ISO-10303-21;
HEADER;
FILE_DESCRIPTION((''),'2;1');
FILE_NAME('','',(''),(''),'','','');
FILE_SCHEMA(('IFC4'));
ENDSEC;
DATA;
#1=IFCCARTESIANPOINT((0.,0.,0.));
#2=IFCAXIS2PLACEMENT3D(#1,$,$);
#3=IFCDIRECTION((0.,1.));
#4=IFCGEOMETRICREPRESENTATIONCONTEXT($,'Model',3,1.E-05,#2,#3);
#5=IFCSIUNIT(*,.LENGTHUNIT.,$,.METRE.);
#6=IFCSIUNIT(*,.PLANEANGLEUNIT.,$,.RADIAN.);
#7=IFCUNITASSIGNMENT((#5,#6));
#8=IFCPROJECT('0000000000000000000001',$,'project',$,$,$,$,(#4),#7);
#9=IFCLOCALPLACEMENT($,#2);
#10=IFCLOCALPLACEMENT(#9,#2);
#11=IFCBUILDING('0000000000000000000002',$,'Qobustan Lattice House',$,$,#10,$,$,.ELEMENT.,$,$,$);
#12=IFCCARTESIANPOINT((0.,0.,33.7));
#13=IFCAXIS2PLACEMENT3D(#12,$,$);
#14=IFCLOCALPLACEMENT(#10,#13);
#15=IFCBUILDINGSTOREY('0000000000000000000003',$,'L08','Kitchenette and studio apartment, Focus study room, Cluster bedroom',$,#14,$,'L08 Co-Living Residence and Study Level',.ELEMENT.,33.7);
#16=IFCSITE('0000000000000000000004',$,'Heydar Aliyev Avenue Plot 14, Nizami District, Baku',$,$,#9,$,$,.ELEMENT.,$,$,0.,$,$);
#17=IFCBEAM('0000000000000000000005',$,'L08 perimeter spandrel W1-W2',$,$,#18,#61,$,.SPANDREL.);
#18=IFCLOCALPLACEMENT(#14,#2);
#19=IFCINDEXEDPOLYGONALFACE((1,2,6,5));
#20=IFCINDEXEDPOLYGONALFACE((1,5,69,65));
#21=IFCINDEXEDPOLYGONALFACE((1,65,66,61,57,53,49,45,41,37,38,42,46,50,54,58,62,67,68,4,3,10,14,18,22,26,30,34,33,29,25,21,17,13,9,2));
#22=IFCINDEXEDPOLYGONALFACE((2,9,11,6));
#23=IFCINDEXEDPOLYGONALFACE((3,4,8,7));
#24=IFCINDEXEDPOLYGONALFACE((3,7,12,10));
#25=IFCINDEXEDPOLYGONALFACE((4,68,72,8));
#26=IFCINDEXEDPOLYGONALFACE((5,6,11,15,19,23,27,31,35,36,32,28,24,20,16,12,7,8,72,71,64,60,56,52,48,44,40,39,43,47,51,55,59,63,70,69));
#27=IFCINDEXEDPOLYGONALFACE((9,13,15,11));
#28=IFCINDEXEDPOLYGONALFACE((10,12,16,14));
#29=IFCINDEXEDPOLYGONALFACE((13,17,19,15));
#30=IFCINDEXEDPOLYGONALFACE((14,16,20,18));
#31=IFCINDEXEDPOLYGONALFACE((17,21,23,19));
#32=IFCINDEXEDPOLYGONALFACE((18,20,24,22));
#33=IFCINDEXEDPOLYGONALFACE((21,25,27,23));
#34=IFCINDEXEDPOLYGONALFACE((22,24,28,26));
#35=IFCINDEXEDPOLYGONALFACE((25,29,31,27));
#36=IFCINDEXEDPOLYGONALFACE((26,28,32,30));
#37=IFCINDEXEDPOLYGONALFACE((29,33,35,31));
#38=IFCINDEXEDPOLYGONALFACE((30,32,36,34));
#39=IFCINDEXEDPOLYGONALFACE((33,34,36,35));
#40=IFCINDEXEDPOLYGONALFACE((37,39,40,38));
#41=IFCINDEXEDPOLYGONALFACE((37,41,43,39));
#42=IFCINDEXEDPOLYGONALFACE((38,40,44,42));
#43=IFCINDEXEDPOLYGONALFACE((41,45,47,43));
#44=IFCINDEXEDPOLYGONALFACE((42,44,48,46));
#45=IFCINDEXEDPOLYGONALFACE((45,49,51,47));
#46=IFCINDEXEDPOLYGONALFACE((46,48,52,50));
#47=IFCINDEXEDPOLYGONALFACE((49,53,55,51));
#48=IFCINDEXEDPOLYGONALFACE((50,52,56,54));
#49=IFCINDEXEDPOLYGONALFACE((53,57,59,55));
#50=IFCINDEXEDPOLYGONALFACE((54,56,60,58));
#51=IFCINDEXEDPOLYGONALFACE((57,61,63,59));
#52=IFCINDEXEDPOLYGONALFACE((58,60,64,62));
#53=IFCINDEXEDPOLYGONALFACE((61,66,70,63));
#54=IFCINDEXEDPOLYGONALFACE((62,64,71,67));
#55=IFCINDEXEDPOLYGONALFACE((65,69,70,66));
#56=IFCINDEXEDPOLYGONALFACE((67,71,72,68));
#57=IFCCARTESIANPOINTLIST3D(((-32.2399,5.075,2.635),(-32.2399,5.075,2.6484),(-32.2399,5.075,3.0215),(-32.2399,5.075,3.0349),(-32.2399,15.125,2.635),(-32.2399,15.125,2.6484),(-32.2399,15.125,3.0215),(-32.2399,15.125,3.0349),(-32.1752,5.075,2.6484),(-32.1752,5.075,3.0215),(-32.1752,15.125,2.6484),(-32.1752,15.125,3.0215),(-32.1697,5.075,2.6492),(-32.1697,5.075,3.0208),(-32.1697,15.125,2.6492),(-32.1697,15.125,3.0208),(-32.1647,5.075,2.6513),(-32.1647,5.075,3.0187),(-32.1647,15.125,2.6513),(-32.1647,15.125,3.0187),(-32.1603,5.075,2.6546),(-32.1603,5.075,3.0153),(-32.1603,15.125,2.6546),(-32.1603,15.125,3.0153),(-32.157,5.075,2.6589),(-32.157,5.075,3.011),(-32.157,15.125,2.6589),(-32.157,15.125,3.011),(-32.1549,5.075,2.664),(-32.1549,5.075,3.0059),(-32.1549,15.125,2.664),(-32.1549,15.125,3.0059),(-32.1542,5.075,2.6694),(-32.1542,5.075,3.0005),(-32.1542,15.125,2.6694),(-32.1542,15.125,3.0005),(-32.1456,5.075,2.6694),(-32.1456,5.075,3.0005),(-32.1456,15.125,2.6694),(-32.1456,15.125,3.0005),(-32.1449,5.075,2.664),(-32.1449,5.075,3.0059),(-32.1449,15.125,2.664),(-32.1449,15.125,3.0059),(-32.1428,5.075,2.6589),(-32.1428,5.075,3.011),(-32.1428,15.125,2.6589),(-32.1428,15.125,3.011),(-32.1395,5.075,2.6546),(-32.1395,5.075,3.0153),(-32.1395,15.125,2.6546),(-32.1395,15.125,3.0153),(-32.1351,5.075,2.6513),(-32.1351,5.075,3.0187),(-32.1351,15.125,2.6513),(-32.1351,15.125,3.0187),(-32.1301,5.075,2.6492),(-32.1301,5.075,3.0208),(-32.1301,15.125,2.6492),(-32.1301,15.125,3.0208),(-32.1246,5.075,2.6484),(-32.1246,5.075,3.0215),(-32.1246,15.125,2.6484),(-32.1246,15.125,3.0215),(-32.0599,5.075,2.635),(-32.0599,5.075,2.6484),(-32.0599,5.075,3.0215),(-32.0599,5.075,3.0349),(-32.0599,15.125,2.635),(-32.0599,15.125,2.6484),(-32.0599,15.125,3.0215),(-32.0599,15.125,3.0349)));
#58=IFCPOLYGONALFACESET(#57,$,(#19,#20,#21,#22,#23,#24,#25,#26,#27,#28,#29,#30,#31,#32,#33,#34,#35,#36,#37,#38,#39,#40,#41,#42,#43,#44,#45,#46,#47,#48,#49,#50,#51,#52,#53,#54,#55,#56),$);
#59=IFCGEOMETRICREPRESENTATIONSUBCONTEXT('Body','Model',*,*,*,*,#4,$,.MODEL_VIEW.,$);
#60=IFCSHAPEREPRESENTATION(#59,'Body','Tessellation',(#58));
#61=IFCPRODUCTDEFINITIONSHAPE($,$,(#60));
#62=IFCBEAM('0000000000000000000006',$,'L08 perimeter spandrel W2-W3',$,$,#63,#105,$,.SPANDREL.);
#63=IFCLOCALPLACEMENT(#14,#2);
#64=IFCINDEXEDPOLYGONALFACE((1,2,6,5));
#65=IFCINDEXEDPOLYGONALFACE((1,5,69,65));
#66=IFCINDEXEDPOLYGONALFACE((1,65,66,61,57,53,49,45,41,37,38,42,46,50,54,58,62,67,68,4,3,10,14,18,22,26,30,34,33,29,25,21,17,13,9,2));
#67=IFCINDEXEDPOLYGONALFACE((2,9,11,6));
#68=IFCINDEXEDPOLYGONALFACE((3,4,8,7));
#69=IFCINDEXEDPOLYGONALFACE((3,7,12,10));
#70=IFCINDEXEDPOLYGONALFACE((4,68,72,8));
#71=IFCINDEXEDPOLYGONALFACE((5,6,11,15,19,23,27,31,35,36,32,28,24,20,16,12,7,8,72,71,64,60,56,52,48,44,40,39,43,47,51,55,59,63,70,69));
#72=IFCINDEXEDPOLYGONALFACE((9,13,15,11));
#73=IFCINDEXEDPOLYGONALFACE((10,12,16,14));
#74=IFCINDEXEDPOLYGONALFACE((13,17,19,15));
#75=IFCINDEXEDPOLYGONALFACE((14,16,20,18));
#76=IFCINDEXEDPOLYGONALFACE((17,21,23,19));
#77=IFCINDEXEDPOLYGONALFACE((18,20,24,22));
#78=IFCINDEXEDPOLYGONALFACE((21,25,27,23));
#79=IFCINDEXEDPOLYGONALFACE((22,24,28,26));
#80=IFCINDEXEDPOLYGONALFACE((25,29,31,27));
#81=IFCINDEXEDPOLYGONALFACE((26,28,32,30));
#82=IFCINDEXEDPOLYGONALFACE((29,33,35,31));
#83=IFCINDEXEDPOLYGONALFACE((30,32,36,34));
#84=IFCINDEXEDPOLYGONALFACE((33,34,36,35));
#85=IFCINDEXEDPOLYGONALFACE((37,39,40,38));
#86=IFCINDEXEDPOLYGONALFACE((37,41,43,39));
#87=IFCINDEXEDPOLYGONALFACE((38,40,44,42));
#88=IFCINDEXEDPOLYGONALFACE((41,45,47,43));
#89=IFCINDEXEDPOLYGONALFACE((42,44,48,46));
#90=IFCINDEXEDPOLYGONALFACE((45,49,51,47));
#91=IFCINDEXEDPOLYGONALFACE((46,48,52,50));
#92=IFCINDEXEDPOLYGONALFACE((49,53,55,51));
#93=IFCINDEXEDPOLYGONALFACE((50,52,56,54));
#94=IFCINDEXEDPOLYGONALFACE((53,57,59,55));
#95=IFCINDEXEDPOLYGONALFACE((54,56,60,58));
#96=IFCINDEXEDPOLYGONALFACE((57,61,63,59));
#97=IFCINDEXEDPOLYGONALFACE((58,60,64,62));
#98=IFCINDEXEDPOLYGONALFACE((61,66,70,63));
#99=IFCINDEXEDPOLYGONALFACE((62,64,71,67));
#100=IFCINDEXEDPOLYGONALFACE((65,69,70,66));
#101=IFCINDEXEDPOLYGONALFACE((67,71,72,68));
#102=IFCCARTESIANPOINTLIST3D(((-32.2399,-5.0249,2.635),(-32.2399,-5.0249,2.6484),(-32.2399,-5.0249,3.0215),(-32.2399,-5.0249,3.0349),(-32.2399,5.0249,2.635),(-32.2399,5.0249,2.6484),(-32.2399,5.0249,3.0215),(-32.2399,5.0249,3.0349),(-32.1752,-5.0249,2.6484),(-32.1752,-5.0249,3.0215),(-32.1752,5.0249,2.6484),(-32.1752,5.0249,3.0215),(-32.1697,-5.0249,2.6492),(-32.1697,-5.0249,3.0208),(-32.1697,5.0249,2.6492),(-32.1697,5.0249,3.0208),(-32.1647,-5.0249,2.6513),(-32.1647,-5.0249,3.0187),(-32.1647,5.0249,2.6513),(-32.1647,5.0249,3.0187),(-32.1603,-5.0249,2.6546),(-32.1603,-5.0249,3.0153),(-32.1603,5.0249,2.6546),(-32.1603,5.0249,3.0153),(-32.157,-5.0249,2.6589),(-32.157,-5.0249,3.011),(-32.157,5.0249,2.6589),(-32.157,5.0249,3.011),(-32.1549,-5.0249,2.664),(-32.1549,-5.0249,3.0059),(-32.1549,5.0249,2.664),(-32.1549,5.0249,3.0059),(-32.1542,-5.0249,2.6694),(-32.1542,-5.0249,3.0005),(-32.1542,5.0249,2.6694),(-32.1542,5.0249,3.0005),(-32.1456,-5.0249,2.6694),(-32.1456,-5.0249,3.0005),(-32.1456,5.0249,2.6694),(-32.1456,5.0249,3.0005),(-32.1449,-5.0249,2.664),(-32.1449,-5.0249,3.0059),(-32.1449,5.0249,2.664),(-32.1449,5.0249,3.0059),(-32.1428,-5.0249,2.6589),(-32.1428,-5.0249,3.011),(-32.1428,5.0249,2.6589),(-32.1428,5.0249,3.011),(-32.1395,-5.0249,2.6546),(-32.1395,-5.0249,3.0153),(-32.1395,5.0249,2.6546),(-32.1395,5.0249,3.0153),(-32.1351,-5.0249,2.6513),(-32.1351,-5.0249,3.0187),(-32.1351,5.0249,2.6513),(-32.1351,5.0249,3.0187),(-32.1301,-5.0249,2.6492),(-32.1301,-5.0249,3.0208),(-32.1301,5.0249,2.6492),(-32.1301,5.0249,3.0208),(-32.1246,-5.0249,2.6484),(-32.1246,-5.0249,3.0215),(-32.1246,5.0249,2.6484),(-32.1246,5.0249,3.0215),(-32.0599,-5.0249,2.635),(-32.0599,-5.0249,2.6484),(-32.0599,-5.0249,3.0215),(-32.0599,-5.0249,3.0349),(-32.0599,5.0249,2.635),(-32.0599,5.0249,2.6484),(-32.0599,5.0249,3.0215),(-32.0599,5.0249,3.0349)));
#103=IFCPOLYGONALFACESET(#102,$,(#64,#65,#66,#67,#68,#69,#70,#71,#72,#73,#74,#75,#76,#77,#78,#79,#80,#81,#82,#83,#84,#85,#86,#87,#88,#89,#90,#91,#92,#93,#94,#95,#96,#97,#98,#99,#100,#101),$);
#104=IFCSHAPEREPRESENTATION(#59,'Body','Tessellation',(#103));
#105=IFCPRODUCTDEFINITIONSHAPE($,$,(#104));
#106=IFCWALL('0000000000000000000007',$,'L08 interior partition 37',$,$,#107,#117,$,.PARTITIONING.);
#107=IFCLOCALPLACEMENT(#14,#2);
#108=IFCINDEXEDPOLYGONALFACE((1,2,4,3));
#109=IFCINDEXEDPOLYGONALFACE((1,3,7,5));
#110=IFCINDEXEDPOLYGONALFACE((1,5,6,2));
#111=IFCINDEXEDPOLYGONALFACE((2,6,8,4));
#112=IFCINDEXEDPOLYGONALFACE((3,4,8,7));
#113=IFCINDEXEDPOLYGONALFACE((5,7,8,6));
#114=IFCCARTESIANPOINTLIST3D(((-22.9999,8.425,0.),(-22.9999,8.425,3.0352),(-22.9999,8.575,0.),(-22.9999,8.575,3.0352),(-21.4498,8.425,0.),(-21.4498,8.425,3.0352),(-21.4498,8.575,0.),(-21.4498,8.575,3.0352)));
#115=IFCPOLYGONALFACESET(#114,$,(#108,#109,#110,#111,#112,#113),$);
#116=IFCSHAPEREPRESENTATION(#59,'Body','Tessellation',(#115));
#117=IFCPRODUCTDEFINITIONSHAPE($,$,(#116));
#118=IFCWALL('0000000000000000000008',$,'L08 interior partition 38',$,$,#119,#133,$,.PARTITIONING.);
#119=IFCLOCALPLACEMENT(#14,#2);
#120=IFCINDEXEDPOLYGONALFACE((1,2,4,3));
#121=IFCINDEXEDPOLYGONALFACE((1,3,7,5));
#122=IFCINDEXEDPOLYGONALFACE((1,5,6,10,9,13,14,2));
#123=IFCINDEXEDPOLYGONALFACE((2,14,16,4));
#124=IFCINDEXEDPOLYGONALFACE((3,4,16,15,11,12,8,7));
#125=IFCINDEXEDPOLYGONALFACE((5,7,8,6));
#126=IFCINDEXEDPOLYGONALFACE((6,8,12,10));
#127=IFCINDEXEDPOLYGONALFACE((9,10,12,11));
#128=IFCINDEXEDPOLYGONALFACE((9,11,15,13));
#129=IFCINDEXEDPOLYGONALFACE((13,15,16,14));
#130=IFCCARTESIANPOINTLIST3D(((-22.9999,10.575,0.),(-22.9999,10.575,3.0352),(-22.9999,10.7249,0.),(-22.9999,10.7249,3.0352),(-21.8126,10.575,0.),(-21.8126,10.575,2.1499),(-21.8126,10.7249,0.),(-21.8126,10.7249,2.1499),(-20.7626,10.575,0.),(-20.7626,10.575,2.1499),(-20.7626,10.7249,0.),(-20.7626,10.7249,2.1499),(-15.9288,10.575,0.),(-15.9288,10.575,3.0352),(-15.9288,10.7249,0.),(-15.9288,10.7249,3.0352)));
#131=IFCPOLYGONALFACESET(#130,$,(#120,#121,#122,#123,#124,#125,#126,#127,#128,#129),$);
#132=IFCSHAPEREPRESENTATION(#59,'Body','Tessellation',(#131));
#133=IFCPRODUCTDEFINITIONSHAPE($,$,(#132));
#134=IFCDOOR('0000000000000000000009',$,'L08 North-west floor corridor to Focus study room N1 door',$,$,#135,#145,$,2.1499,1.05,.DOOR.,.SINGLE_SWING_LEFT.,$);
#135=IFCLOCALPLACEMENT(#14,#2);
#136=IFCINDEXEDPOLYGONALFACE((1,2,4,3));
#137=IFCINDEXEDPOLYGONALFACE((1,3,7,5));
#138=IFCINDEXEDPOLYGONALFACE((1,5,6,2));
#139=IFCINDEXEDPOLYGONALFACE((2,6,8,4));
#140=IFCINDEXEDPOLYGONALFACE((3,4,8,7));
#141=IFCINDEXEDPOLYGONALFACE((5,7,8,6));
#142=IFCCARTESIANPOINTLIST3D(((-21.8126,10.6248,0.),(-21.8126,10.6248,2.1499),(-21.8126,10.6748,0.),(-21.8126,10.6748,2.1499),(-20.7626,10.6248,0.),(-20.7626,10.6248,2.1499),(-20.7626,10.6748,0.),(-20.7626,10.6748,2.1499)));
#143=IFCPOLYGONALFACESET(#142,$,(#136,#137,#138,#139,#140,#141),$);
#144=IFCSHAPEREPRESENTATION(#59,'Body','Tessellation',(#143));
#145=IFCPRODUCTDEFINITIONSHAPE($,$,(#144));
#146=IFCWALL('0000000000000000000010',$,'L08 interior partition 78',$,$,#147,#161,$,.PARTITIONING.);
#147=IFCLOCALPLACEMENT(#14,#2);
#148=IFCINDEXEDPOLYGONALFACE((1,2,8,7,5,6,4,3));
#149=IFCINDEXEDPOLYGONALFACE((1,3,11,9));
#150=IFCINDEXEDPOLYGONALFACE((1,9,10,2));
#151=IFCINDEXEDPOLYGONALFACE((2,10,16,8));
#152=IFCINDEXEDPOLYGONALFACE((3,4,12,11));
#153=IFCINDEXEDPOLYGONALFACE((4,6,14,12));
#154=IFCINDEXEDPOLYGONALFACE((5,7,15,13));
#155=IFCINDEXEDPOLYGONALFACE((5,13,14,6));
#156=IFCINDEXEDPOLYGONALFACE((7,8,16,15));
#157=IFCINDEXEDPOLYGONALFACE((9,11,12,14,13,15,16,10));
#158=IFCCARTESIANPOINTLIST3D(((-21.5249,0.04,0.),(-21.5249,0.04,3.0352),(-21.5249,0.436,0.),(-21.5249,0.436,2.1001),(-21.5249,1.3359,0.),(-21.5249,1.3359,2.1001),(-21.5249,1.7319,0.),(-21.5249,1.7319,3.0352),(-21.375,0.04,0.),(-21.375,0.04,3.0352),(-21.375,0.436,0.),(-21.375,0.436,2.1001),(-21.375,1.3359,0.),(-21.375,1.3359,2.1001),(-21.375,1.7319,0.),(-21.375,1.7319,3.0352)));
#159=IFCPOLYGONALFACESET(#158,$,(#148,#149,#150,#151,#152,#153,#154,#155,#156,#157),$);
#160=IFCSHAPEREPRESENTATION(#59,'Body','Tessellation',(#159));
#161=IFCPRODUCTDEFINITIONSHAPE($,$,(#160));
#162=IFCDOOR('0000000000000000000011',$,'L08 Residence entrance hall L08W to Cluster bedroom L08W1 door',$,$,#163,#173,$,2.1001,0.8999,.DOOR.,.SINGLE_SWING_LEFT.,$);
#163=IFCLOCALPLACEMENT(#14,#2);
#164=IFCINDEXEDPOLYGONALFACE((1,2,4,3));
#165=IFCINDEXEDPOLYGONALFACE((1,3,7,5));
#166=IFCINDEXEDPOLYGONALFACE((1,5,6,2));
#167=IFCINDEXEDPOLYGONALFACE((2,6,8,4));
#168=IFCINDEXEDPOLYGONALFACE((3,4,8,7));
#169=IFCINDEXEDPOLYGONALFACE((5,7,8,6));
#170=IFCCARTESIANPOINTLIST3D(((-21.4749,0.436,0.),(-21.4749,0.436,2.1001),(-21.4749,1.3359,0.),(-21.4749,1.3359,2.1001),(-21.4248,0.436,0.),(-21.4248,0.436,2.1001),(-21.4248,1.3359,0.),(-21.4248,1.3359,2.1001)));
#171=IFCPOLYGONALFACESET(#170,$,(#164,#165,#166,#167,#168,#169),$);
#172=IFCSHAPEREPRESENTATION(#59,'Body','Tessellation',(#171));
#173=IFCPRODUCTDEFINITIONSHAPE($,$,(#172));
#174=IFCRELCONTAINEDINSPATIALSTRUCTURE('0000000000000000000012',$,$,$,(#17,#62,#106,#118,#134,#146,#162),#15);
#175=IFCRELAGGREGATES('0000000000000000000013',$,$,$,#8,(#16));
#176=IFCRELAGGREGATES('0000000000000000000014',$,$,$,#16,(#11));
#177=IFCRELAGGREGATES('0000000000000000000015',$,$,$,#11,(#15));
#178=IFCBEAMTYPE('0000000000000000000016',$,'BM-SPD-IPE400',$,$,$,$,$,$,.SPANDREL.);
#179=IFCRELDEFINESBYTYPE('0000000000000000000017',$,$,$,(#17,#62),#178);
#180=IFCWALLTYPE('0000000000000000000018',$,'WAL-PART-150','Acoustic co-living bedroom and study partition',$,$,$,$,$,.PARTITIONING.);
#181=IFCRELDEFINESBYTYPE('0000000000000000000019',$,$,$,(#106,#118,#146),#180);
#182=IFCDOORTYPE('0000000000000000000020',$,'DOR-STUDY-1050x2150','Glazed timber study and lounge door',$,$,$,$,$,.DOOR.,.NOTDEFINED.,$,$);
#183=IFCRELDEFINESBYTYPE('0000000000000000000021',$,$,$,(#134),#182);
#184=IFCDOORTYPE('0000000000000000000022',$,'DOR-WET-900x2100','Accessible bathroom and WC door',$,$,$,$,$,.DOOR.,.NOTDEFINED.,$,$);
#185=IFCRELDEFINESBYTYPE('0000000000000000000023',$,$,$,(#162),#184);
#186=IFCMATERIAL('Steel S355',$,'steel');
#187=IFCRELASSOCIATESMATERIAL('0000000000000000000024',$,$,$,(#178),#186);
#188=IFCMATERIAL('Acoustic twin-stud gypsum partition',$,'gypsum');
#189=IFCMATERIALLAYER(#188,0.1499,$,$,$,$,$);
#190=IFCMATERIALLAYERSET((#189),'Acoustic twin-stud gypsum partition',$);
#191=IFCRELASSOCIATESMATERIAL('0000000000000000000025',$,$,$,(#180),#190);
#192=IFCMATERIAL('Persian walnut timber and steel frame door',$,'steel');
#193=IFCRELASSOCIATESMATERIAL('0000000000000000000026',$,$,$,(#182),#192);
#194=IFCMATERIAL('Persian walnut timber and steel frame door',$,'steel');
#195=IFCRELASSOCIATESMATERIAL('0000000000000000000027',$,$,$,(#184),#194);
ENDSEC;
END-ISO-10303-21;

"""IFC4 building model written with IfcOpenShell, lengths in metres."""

from ifc_helpers import new_model, si_unit, direction, frame, frame_2d, origin, origin_2d, place, context, subcontext, project, spatial, rectangle, i_section, extrude, material, layer, layer_set, material_profile, profile_set, type_object, element, fill, save


model = new_model("IFC4")

# Units and contexts
model_context = context("Model", 3, precision=1e-05, world=origin(), true_north=direction((0.0, 1.0)))
body_context = subcontext(model_context, "Body", "Model", "MODEL_VIEW")
ifc_project = project(units=[si_unit("LENGTHUNIT", "METRE"), si_unit("PLANEANGLEUNIT", "RADIAN")], contexts=[model_context])

# Site, building, storey
site_placement = place(None, origin())
site = spatial("IfcSite", under=ifc_project, at=site_placement, Name="Heydar Aliyev Avenue Plot 14, Nizami District, Baku", CompositionType="ELEMENT", RefElevation=0.0)
building_placement = place(site_placement, origin())
building = spatial("IfcBuilding", under=site, at=building_placement, Name="Qobustan Lattice House", CompositionType="ELEMENT")
storey_placement = place(building_placement, frame((0.0, 0.0, 33.7)))
storey = spatial("IfcBuildingStorey", under=building, at=storey_placement, Name="L08", Description="Kitchenette and studio apartment, Focus study room, Cluster bedroom", LongName="L08 Co-Living Residence and Study Level", CompositionType="ELEMENT", Elevation=33.7)

# Beams
ifc_material_1 = material(Name="Steel S355", Category="steel")
ifc_material_profile_1 = material_profile(ifc_material_1, i_section(OverallWidth=0.1799, OverallDepth=0.3999, WebThickness=0.0085, FlangeThickness=0.0134, FilletRadius=0.021, at=origin_2d()), Name="IPE400")
ifc_profile_set_1 = profile_set([ifc_material_profile_1], Name="Steel S355")
beam_type_1 = type_object("IfcBeamType", Name="BM-SPD-IPE400", PredefinedType="SPANDREL", material=ifc_profile_set_1)
beam_1_placement = place(storey_placement, frame((-32.1499, 15.125, 2.835), z_axis=(0.0, -1.0, 0.0), x_axis=(1.0, 0.0, 0.0)))
element("IfcBeam", 1, at=beam_1_placement, inside=storey, type_object=beam_type_1, Name="L08 perimeter spandrel W1-W2", PredefinedType="SPANDREL", context=body_context, shape_type="SweptSolid", body=[
    extrude(i_section(OverallWidth=0.1799, OverallDepth=0.3999, WebThickness=0.0085, FlangeThickness=0.0134, FilletRadius=0.021, at=origin_2d()), origin(), (0.0, 0.0, 1.0), 10.05),
])
beam_2_placement = place(storey_placement, frame((-32.1499, 5.0249, 2.835), z_axis=(0.0, -1.0, 0.0), x_axis=(1.0, 0.0, 0.0)))
element("IfcBeam", 2, at=beam_2_placement, inside=storey, type_object=beam_type_1, Name="L08 perimeter spandrel W2-W3", PredefinedType="SPANDREL", context=body_context, shape_type="SweptSolid", body=[
    extrude(i_section(OverallWidth=0.1799, OverallDepth=0.3999, WebThickness=0.0085, FlangeThickness=0.0134, FilletRadius=0.021, at=origin_2d()), origin(), (0.0, 0.0, 1.0), 10.0498),
])

# Wall
ifc_material_2 = material(Name="Acoustic twin-stud gypsum partition", Category="gypsum")
ifc_layer_1 = layer(ifc_material_2, 0.1499)
ifc_layer_set_1 = layer_set([ifc_layer_1], Name="Acoustic twin-stud gypsum partition")
wall_type_1 = type_object("IfcWallType", Name="WAL-PART-150", Description="Acoustic co-living bedroom and study partition", PredefinedType="PARTITIONING", material=ifc_layer_set_1)
wall_1_placement = place(storey_placement, frame((-21.45, 8.5, 0.0), z_axis=(0.0, 0.0, 1.0), x_axis=(-1.0, 0.0, 0.0)))
element("IfcWall", 3, at=wall_1_placement, inside=storey, type_object=wall_type_1, Name="L08 interior partition 37", PredefinedType="PARTITIONING", context=body_context, shape_type="SweptSolid", body=[
    extrude(rectangle(XDim=1.55, YDim=0.1499, at=frame_2d((0.7749, 0.0))), origin(), (0.0, 0.0, 1.0), 3.0352),
])

# Walls, openings, doors
wall_2_placement = place(storey_placement, frame((-23.0, 10.6499, 0.0), z_axis=(0.0, 0.0, 1.0), x_axis=(1.0, 0.0, 0.0)))
wall_2 = element("IfcWall", 4, at=wall_2_placement, inside=storey, type_object=wall_type_1, Name="L08 interior partition 38", PredefinedType="PARTITIONING", context=body_context, shape_type="SweptSolid", body=[
    extrude(rectangle(XDim=7.071, YDim=0.1499, at=frame_2d((3.5356, 0.0))), origin(), (0.0, 0.0, 1.0), 3.0352),
])
opening_1_placement = place(wall_2_placement, frame((1.1875, 0.0, 0.0)))
opening_1 = element("IfcOpeningElement", 5, at=opening_1_placement, cuts=wall_2, PredefinedType="OPENING", context=body_context, shape_type="SweptSolid", body=[
    extrude(rectangle(XDim=1.05, YDim=2.1499, at=frame_2d((0.5249, 1.075))), frame((0.0, 0.085, 0.0), z_axis=(0.0, -1.0, 0.0), x_axis=(1.0, 0.0, 0.0)), (0.0, 0.0, 1.0), 0.1699),
])
ifc_material_3 = material(Name="Persian walnut timber and steel frame door", Category="steel")
door_type_1 = type_object("IfcDoorType", Name="DOR-STUDY-1050x2150", Description="Glazed timber study and lounge door", OperationType="NOTDEFINED", PredefinedType="DOOR", material=ifc_material_3)
door_1_placement = place(opening_1_placement, origin())
door_1 = element("IfcDoor", 6, at=door_1_placement, inside=storey, type_object=door_type_1, Name="L08 North-west floor corridor to Focus study room N1 door", OperationType="SINGLE_SWING_LEFT", OverallHeight=2.1499, OverallWidth=1.05, PredefinedType="DOOR", context=body_context, shape_type="SweptSolid", body=[
    extrude(rectangle(XDim=1.05, YDim=2.1499, at=frame_2d((0.5249, 1.075))), frame((0.0, 0.0249, 0.0), z_axis=(0.0, -1.0, 0.0), x_axis=(1.0, 0.0, 0.0)), (0.0, 0.0, 1.0), 0.05),
])
fill(opening_1, door_1)
wall_3_placement = place(storey_placement, frame((-21.45, 0.04, 0.0), z_axis=(0.0, 0.0, 1.0), x_axis=(0.0, 1.0, 0.0)))
wall_3 = element("IfcWall", 7, at=wall_3_placement, inside=storey, type_object=wall_type_1, Name="L08 interior partition 78", PredefinedType="PARTITIONING", context=body_context, shape_type="SweptSolid", body=[
    extrude(rectangle(XDim=1.6919, YDim=0.1499, at=frame_2d((0.8459, 0.0))), origin(), (0.0, 0.0, 1.0), 3.0352),
])
opening_2_placement = place(wall_3_placement, frame((0.396, 0.0, 0.0)))
opening_2 = element("IfcOpeningElement", 8, at=opening_2_placement, cuts=wall_3, PredefinedType="OPENING", context=body_context, shape_type="SweptSolid", body=[
    extrude(rectangle(XDim=0.8999, YDim=2.1001, at=frame_2d((0.45, 1.05))), frame((0.0, 0.085, 0.0), z_axis=(0.0, -1.0, 0.0), x_axis=(1.0, 0.0, 0.0)), (0.0, 0.0, 1.0), 0.1699),
])
ifc_material_4 = material(Name="Persian walnut timber and steel frame door", Category="steel")
door_type_2 = type_object("IfcDoorType", Name="DOR-WET-900x2100", Description="Accessible bathroom and WC door", OperationType="NOTDEFINED", PredefinedType="DOOR", material=ifc_material_4)
door_2_placement = place(opening_2_placement, origin())
door_2 = element("IfcDoor", 9, at=door_2_placement, inside=storey, type_object=door_type_2, Name="L08 Residence entrance hall L08W to Cluster bedroom L08W1 door", OperationType="SINGLE_SWING_LEFT", OverallHeight=2.1001, OverallWidth=0.8999, PredefinedType="DOOR", context=body_context, shape_type="SweptSolid", body=[
    extrude(rectangle(XDim=0.8999, YDim=2.1001, at=frame_2d((0.45, 1.05))), frame((0.0, 0.0249, 0.0), z_axis=(0.0, -1.0, 0.0), x_axis=(1.0, 0.0, 0.0)), (0.0, 0.0, 1.0), 0.05),
])
fill(opening_2, door_2)

save(model, "model.ifc")
